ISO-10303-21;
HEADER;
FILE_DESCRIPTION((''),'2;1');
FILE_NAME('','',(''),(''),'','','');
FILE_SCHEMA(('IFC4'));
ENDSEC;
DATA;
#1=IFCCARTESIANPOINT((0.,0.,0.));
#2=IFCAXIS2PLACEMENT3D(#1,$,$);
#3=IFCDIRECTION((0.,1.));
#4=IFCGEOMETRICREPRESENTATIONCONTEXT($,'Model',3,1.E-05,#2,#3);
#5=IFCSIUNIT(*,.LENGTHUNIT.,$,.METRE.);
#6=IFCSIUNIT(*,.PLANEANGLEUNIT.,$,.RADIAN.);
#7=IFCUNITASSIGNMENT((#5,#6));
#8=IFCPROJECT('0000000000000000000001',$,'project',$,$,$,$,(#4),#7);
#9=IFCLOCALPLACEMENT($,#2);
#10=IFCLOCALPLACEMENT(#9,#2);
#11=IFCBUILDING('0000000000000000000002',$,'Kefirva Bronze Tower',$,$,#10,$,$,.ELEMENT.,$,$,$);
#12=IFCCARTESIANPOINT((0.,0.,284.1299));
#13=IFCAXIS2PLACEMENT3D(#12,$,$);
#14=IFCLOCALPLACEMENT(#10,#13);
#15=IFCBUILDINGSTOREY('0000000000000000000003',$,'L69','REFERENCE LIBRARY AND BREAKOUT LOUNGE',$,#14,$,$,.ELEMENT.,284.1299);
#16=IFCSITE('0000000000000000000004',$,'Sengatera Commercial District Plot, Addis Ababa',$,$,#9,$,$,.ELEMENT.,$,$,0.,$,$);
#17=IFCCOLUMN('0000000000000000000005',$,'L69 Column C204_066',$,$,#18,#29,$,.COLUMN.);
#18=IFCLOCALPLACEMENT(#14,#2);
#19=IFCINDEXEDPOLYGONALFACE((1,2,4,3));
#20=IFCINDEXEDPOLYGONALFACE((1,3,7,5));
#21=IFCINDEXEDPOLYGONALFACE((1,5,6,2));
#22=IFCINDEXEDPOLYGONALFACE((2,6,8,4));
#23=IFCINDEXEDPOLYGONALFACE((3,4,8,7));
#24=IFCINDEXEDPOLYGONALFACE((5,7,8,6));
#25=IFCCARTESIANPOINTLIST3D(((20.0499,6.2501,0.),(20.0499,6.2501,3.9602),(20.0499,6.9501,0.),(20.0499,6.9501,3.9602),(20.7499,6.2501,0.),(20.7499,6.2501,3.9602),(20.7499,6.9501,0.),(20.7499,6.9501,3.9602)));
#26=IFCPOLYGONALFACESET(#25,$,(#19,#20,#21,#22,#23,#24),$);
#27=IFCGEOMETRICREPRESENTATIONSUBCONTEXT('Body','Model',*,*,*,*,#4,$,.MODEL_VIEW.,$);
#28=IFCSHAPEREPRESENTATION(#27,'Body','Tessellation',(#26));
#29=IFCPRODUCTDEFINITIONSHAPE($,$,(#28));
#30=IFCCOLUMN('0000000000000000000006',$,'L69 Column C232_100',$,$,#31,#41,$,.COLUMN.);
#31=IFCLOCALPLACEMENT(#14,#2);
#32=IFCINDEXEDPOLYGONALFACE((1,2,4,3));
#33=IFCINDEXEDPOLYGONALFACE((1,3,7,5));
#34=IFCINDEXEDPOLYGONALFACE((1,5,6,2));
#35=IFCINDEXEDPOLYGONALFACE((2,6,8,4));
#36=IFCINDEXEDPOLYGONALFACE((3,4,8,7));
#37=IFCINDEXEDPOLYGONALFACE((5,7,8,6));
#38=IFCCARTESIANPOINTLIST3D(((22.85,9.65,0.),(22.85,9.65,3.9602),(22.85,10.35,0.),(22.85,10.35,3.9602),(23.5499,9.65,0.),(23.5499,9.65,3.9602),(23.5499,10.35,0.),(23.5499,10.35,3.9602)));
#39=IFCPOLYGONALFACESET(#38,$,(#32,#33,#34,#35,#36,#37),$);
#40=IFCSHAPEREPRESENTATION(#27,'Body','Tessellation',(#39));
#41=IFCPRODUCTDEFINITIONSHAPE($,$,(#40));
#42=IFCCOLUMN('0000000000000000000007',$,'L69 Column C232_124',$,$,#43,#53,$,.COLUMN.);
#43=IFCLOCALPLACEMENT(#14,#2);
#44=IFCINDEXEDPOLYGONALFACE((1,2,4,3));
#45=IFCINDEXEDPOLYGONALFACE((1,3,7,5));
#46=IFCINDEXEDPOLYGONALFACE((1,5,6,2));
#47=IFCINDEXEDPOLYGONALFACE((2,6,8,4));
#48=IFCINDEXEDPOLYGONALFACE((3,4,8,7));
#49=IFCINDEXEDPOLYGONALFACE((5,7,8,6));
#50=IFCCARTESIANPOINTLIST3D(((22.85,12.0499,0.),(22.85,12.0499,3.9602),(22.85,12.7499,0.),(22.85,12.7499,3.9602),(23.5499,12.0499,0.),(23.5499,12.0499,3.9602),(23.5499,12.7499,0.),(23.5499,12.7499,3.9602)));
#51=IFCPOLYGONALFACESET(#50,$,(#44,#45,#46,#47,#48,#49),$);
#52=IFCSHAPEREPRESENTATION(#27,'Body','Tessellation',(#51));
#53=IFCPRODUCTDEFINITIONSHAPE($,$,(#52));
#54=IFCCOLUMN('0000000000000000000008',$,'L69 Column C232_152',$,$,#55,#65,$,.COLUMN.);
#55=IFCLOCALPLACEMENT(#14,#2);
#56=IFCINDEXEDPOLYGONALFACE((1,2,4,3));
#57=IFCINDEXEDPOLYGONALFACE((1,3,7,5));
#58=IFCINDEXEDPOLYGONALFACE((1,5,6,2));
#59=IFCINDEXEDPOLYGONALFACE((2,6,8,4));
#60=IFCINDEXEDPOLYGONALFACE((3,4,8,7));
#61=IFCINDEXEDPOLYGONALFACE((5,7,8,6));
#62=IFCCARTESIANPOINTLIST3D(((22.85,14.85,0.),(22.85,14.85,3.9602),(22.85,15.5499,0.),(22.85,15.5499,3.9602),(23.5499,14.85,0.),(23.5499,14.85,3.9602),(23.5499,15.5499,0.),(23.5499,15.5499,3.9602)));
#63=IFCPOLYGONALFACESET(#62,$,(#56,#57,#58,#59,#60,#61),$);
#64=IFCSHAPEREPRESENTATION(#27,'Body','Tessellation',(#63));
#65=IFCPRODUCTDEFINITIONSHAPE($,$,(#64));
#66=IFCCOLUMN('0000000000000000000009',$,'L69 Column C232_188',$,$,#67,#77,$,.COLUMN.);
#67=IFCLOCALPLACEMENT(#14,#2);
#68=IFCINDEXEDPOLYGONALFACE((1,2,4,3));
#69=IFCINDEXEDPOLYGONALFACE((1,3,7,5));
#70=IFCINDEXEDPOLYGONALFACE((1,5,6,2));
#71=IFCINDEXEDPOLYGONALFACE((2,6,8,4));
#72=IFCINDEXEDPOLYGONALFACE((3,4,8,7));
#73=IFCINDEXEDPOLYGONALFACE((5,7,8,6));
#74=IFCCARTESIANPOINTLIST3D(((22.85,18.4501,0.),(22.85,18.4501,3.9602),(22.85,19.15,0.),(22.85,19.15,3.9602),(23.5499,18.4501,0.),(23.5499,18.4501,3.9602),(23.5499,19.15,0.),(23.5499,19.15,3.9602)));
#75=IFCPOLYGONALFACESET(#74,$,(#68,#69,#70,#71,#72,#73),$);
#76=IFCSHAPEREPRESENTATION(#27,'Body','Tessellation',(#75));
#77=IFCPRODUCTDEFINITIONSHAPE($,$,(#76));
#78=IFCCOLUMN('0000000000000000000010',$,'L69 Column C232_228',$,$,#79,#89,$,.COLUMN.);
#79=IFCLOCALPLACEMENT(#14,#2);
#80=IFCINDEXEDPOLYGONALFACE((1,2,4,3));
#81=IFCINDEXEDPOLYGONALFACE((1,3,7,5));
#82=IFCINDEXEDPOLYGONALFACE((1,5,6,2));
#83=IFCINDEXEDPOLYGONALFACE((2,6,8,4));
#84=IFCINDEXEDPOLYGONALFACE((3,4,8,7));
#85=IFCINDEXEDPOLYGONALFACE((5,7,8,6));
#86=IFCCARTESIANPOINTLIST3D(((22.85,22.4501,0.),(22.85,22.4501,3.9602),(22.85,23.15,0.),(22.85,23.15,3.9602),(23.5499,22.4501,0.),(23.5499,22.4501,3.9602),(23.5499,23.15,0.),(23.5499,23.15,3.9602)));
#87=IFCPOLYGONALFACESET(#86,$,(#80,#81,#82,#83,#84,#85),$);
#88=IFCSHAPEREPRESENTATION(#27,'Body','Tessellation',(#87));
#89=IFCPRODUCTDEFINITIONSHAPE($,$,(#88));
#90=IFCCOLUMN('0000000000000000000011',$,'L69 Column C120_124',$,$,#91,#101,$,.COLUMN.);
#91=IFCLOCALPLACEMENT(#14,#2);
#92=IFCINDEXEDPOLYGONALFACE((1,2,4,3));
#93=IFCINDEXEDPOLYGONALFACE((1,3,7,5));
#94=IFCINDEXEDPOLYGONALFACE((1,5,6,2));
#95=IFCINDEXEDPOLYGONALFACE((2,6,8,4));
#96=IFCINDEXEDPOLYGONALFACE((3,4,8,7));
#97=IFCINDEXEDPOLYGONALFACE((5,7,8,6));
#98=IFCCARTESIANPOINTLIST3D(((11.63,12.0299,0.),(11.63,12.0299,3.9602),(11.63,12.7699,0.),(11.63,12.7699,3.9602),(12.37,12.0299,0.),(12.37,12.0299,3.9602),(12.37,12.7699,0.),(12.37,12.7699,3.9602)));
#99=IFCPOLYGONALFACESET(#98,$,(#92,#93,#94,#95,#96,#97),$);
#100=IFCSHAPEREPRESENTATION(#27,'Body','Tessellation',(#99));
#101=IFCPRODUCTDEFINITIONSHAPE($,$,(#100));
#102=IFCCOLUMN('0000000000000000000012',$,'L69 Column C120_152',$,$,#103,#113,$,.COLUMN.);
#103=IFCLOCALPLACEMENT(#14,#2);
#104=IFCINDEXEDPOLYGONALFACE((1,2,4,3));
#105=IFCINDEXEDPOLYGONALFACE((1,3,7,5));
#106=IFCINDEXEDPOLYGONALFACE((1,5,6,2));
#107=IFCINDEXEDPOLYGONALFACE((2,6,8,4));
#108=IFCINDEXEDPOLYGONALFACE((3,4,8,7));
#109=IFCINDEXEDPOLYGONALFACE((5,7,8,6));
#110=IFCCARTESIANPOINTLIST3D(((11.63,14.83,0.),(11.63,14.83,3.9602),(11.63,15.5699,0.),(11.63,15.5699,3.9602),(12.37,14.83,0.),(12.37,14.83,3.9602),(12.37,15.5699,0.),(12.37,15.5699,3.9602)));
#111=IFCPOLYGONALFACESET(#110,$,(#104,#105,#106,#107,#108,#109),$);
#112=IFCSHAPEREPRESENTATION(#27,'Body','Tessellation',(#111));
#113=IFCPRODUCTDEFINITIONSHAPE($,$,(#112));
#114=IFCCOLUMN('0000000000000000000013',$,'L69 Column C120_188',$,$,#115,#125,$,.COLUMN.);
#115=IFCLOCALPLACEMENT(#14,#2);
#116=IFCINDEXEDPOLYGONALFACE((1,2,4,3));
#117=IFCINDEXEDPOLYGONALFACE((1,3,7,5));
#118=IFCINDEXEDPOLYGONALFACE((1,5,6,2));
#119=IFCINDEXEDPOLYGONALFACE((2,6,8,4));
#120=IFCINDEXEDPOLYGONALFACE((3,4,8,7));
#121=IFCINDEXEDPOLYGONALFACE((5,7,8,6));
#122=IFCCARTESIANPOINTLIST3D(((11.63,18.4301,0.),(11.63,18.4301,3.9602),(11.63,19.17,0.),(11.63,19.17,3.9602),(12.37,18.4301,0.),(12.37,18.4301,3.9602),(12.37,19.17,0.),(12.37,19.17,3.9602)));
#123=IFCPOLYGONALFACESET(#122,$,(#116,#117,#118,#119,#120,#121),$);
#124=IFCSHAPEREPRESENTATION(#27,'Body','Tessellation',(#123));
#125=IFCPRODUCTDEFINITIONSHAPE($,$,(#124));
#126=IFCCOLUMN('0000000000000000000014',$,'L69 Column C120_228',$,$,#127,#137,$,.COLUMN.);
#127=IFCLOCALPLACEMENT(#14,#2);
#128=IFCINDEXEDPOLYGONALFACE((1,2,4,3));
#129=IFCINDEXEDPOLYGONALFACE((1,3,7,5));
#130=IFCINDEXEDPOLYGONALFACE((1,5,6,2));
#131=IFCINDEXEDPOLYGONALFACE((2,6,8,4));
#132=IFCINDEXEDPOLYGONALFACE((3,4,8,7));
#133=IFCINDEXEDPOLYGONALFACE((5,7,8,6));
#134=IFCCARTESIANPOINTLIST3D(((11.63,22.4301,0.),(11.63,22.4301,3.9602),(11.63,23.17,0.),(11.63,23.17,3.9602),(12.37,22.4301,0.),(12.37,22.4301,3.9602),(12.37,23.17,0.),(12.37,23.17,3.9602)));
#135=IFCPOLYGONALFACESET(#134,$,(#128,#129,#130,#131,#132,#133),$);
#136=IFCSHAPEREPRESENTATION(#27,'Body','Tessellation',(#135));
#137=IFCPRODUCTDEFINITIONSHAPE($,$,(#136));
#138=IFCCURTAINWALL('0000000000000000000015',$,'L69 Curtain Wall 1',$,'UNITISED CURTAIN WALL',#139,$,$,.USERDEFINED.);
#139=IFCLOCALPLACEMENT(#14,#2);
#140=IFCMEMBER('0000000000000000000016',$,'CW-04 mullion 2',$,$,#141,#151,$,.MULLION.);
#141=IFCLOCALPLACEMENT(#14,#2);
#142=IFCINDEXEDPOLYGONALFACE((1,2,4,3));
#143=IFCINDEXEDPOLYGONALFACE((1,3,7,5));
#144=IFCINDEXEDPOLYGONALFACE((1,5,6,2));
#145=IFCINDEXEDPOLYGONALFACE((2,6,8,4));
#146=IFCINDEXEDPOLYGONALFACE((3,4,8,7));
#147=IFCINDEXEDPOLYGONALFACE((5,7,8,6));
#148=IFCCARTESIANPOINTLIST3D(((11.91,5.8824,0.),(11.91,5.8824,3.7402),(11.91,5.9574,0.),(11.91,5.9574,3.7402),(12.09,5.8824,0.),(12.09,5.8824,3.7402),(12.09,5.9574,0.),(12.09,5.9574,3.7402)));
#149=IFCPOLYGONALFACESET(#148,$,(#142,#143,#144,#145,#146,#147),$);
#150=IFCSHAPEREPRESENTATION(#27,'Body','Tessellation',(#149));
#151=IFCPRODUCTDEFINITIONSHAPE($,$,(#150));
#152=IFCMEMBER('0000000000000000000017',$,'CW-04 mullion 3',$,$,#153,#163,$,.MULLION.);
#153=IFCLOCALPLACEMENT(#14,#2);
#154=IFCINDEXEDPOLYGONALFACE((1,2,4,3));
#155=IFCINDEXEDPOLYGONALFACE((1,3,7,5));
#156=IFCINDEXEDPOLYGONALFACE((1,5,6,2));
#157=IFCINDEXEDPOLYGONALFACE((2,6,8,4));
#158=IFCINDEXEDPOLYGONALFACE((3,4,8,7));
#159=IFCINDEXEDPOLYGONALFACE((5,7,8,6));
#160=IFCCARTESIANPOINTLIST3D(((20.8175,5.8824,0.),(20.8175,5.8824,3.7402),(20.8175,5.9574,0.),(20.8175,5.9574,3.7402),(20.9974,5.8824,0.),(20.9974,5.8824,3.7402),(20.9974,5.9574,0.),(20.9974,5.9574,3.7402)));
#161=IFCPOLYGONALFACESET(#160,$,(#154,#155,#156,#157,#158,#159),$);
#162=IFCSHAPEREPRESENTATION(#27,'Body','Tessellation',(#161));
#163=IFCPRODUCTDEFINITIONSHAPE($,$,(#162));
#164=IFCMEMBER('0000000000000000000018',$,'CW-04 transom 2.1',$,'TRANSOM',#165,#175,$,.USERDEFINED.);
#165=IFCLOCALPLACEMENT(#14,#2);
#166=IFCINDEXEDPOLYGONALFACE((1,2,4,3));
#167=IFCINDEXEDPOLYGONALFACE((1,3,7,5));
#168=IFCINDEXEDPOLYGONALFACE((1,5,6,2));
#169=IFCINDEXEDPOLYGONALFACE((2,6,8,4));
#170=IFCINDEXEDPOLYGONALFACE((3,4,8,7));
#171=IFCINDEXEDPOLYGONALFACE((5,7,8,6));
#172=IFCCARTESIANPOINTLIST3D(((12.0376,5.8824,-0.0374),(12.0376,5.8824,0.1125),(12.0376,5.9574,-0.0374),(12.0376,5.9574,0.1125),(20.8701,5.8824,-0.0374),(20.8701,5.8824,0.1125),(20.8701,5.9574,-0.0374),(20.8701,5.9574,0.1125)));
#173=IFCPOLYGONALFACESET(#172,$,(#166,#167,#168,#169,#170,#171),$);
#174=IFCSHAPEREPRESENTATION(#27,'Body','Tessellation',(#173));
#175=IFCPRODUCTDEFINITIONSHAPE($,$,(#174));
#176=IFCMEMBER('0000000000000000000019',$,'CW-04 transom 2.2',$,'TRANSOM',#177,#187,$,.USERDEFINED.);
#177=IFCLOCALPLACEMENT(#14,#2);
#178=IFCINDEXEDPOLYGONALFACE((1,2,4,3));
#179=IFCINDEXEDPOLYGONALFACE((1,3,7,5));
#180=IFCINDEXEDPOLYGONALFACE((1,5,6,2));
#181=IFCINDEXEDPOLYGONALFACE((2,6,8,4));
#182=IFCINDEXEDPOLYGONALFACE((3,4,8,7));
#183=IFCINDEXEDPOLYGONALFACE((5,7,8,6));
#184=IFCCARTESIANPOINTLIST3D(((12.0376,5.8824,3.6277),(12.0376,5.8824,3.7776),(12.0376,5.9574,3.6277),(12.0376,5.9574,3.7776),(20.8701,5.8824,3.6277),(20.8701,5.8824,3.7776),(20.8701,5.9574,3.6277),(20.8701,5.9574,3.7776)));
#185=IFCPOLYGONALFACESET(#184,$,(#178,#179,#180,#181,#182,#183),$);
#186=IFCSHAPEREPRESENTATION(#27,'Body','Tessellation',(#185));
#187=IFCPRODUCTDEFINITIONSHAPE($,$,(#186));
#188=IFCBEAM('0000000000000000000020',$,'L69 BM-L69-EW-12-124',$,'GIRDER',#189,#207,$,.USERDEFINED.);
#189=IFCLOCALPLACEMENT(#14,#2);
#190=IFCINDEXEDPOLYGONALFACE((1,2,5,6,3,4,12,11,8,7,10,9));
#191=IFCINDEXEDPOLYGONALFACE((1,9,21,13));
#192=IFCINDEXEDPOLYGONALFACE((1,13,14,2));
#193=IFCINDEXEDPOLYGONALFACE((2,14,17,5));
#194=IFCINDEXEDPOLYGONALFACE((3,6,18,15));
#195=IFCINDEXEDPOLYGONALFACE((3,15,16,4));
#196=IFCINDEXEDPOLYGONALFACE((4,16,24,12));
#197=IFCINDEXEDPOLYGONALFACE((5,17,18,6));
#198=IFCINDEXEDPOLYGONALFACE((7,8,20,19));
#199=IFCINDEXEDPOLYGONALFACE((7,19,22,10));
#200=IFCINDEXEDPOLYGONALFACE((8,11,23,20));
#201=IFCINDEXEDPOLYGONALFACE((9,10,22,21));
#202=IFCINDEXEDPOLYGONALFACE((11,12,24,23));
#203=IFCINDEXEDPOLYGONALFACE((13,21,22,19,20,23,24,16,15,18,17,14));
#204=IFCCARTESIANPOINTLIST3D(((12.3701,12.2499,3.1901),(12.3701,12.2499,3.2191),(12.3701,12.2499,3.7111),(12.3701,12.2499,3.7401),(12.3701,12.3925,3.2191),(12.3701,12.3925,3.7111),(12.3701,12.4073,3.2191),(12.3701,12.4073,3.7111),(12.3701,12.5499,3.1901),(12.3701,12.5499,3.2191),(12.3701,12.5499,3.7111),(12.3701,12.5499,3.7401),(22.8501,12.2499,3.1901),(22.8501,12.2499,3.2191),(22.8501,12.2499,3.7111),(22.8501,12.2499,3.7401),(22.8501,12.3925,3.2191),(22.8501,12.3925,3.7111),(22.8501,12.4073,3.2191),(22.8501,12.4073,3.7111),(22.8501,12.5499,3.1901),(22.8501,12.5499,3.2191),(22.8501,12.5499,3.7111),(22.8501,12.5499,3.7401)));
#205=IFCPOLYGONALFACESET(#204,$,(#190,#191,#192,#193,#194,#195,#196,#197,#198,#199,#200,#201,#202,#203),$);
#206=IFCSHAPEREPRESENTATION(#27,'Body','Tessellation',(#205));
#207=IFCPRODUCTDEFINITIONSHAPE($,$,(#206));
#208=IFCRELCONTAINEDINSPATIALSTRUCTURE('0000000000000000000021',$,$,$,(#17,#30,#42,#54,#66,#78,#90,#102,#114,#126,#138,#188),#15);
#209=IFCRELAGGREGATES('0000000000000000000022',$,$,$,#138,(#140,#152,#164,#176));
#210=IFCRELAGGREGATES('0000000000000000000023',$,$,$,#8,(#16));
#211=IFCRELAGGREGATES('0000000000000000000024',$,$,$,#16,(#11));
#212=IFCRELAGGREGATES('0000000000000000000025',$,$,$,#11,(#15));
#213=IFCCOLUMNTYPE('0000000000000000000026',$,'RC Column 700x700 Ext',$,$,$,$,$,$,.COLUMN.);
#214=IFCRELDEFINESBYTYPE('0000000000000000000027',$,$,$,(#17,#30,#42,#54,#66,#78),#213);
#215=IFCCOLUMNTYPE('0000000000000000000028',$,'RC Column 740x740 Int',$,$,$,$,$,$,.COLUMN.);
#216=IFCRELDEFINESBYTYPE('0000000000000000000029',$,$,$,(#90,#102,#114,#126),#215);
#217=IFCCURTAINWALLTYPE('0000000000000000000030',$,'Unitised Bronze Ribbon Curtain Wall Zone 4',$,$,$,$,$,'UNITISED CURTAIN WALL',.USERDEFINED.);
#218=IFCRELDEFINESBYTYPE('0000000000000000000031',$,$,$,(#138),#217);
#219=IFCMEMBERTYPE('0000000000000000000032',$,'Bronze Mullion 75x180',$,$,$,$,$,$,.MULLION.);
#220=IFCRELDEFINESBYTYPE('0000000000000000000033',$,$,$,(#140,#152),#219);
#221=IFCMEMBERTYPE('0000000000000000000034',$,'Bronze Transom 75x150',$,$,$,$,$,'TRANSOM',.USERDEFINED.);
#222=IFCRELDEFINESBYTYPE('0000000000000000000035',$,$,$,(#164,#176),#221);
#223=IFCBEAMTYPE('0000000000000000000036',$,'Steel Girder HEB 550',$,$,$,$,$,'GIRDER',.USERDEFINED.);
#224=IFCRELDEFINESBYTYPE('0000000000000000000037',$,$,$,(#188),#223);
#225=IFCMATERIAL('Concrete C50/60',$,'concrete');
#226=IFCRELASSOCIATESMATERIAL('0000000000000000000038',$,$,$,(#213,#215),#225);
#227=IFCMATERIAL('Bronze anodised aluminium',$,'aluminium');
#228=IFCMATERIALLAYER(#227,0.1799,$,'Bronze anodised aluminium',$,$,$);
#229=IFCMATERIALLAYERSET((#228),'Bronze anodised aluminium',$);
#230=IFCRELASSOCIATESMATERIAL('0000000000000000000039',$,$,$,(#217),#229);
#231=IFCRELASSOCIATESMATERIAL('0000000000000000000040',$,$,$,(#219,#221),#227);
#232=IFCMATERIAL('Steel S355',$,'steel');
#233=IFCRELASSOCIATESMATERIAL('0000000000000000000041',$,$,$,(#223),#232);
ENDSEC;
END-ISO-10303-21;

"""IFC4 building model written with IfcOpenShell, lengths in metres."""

from ifc_helpers import new_model, si_unit, direction, frame, origin, origin_2d, place, context, subcontext, project, spatial, rectangle, i_section, extrude, material, layer, layer_set, material_profile, profile_set, type_object, element, aggregate, save


model = new_model("IFC4")

# Units and contexts
model_context = context("Model", 3, precision=1e-05, world=origin(), true_north=direction((0.0, 1.0)))
body_context = subcontext(model_context, "Body", "Model", "MODEL_VIEW")
ifc_project = project(units=[si_unit("LENGTHUNIT", "METRE"), si_unit("PLANEANGLEUNIT", "RADIAN")], contexts=[model_context])

# Site, building, storey
site_placement = place(None, origin())
site = spatial("IfcSite", under=ifc_project, at=site_placement, Name="Sengatera Commercial District Plot, Addis Ababa", CompositionType="ELEMENT", RefElevation=0.0)
building_placement = place(site_placement, origin())
building = spatial("IfcBuilding", under=site, at=building_placement, Name="Kefirva Bronze Tower", CompositionType="ELEMENT")
storey_placement = place(building_placement, frame((0.0, 0.0, 284.1299)))
storey = spatial("IfcBuildingStorey", under=building, at=storey_placement, Name="L69", Description="REFERENCE LIBRARY AND BREAKOUT LOUNGE", CompositionType="ELEMENT", Elevation=284.1299)

# Columns
ifc_material_1 = material(Name="Concrete C50/60", Category="concrete")
ifc_material_profile_1 = material_profile(ifc_material_1, rectangle(XDim=0.7, YDim=0.7, at=origin_2d()), Name="RC 700x700")
ifc_profile_set_1 = profile_set([ifc_material_profile_1], Name="Concrete C50/60")
column_type_1 = type_object("IfcColumnType", Name="RC Column 700x700 Ext", PredefinedType="COLUMN", material=ifc_profile_set_1)
for number, where, z_axis, x_axis, name in (
    (1, (20.3999, 6.6001, 0.0), (0.0, 0.0, 1.0), (1.0, 0.0, 0.0), "L69 Column C204_066"),
    (2, (23.2, 10.0, 0.0), (0.0, 0.0, 1.0), (1.0, 0.0, 0.0), "L69 Column C232_100"),
    (3, (23.2, 12.3999, 0.0), (0.0, 0.0, 1.0), (1.0, 0.0, 0.0), "L69 Column C232_124"),
    (4, (23.2, 15.2, 0.0), (0.0, 0.0, 1.0), (1.0, 0.0, 0.0), "L69 Column C232_152"),
    (5, (23.2, 18.8, 0.0), (0.0, 0.0, 1.0), (1.0, 0.0, 0.0), "L69 Column C232_188"),
    (6, (23.2, 22.8, 0.0), (0.0, 0.0, 1.0), (1.0, 0.0, 0.0), "L69 Column C232_228"),
):
    element("IfcColumn", number, at=place(storey_placement, frame(where, z_axis=z_axis, x_axis=x_axis)), inside=storey, type_object=column_type_1, Name=name, PredefinedType="COLUMN", context=body_context, shape_type="SweptSolid", body=[
        extrude(rectangle(XDim=0.7, YDim=0.7, at=origin_2d()), origin(), (0.0, 0.0, 1.0), 3.9602),
    ])
ifc_material_profile_2 = material_profile(ifc_material_1, rectangle(XDim=0.74, YDim=0.74, at=origin_2d()), Name="RC 740x740")
ifc_profile_set_2 = profile_set([ifc_material_profile_2], Name="Concrete C50/60")
column_type_2 = type_object("IfcColumnType", Name="RC Column 740x740 Int", PredefinedType="COLUMN", material=ifc_profile_set_2)
for number, where, z_axis, x_axis, name in (
    (7, (12.0, 12.3999, 0.0), (0.0, 0.0, 1.0), (1.0, 0.0, 0.0), "L69 Column C120_124"),
    (8, (12.0, 15.2, 0.0), (0.0, 0.0, 1.0), (1.0, 0.0, 0.0), "L69 Column C120_152"),
    (9, (12.0, 18.8, 0.0), (0.0, 0.0, 1.0), (1.0, 0.0, 0.0), "L69 Column C120_188"),
    (10, (12.0, 22.8, 0.0), (0.0, 0.0, 1.0), (1.0, 0.0, 0.0), "L69 Column C120_228"),
):
    element("IfcColumn", number, at=place(storey_placement, frame(where, z_axis=z_axis, x_axis=x_axis)), inside=storey, type_object=column_type_2, Name=name, PredefinedType="COLUMN", context=body_context, shape_type="SweptSolid", body=[
        extrude(rectangle(XDim=0.74, YDim=0.74, at=origin_2d()), origin(), (0.0, 0.0, 1.0), 3.9602),
    ])

# Curtain wall, members
ifc_material_2 = material(Name="Bronze anodised aluminium", Category="aluminium")
ifc_layer_1 = layer(ifc_material_2, 0.1799, Name="Bronze anodised aluminium")
ifc_layer_set_1 = layer_set([ifc_layer_1], Name="Bronze anodised aluminium")
curtain_wall_type = type_object("IfcCurtainWallType", Name="Unitised Bronze Ribbon Curtain Wall Zone 4", ElementType="UNITISED CURTAIN WALL", PredefinedType="USERDEFINED", material=ifc_layer_set_1)
curtain_wall_placement = place(storey_placement, origin())
curtain_wall = element("IfcCurtainWall", 11, at=curtain_wall_placement, inside=storey, type_object=curtain_wall_type, Name="L69 Curtain Wall 1", ObjectType="UNITISED CURTAIN WALL", PredefinedType="USERDEFINED")
ifc_material_profile_3 = material_profile(ifc_material_2, rectangle(XDim=0.075, YDim=0.1799, at=origin_2d()), Name="ALU 75x180")
ifc_profile_set_3 = profile_set([ifc_material_profile_3], Name="Bronze anodised aluminium")
member_type_1 = type_object("IfcMemberType", Name="Bronze Mullion 75x180", PredefinedType="MULLION", material=ifc_profile_set_3)
member_1_placement = place(storey_placement, frame((12.0, 5.9199, 0.0), z_axis=(0.0, 0.0, 1.0), x_axis=(0.0, 1.0, 0.0)))
member_1 = element("IfcMember", 12, at=member_1_placement, type_object=member_type_1, Name="CW-04 mullion 2", PredefinedType="MULLION", context=body_context, shape_type="SweptSolid", body=[
    extrude(rectangle(XDim=0.075, YDim=0.1799, at=origin_2d()), origin(), (0.0, 0.0, 1.0), 3.7402),
])
member_2_placement = place(storey_placement, frame((20.9075, 5.9199, 0.0), z_axis=(0.0, 0.0, 1.0), x_axis=(0.0, 1.0, 0.0)))
member_2 = element("IfcMember", 13, at=member_2_placement, type_object=member_type_1, Name="CW-04 mullion 3", PredefinedType="MULLION", context=body_context, shape_type="SweptSolid", body=[
    extrude(rectangle(XDim=0.075, YDim=0.1799, at=origin_2d()), origin(), (0.0, 0.0, 1.0), 3.7402),
])
ifc_material_profile_4 = material_profile(ifc_material_2, rectangle(XDim=0.075, YDim=0.1499, at=origin_2d()), Name="ALU 75x150")
ifc_profile_set_4 = profile_set([ifc_material_profile_4], Name="Bronze anodised aluminium")
member_type_2 = type_object("IfcMemberType", Name="Bronze Transom 75x150", ElementType="TRANSOM", PredefinedType="USERDEFINED", material=ifc_profile_set_4)
member_3_placement = place(storey_placement, frame((12.0376, 5.9199, 0.0376), z_axis=(1.0, 0.0, 0.0), x_axis=(0.0, 1.0, 0.0)))
member_3 = element("IfcMember", 14, at=member_3_placement, type_object=member_type_2, Name="CW-04 transom 2.1", ObjectType="TRANSOM", PredefinedType="USERDEFINED", context=body_context, shape_type="SweptSolid", body=[
    extrude(rectangle(XDim=0.075, YDim=0.1499, at=origin_2d()), origin(), (0.0, 0.0, 1.0), 8.8325),
])
member_4_placement = place(storey_placement, frame((12.0376, 5.9199, 3.7026), z_axis=(1.0, 0.0, 0.0), x_axis=(0.0, 1.0, 0.0)))
member_4 = element("IfcMember", 15, at=member_4_placement, type_object=member_type_2, Name="CW-04 transom 2.2", ObjectType="TRANSOM", PredefinedType="USERDEFINED", context=body_context, shape_type="SweptSolid", body=[
    extrude(rectangle(XDim=0.075, YDim=0.1499, at=origin_2d()), origin(), (0.0, 0.0, 1.0), 8.8325),
])

# Beam
ifc_material_3 = material(Name="Steel S355", Category="steel")
ifc_material_profile_5 = material_profile(ifc_material_3, i_section(OverallWidth=0.3, OverallDepth=0.55, WebThickness=0.0149, FlangeThickness=0.0291, at=origin_2d()), Name="HEB 550")
ifc_profile_set_5 = profile_set([ifc_material_profile_5], Name="Steel S355")
beam_type_1 = type_object("IfcBeamType", Name="Steel Girder HEB 550", ElementType="GIRDER", PredefinedType="USERDEFINED", material=ifc_profile_set_5)
for number, where, z_axis, x_axis, name in (
    (16, (12.3701, 12.3999, 3.4651), (1.0, 0.0, 0.0), (0.0, 1.0, 0.0), "L69 BM-L69-EW-12-124"),
):
    element("IfcBeam", number, at=place(storey_placement, frame(where, z_axis=z_axis, x_axis=x_axis)), inside=storey, type_object=beam_type_1, Name=name, ObjectType="GIRDER", PredefinedType="USERDEFINED", context=body_context, shape_type="SweptSolid", body=[
        extrude(i_section(OverallWidth=0.3, OverallDepth=0.55, WebThickness=0.0149, FlangeThickness=0.0291, at=origin_2d()), origin(), (0.0, 0.0, 1.0), 10.48),
    ])

aggregate(curtain_wall, [member_1, member_2, member_3, member_4])

save(model, "model.ifc")
